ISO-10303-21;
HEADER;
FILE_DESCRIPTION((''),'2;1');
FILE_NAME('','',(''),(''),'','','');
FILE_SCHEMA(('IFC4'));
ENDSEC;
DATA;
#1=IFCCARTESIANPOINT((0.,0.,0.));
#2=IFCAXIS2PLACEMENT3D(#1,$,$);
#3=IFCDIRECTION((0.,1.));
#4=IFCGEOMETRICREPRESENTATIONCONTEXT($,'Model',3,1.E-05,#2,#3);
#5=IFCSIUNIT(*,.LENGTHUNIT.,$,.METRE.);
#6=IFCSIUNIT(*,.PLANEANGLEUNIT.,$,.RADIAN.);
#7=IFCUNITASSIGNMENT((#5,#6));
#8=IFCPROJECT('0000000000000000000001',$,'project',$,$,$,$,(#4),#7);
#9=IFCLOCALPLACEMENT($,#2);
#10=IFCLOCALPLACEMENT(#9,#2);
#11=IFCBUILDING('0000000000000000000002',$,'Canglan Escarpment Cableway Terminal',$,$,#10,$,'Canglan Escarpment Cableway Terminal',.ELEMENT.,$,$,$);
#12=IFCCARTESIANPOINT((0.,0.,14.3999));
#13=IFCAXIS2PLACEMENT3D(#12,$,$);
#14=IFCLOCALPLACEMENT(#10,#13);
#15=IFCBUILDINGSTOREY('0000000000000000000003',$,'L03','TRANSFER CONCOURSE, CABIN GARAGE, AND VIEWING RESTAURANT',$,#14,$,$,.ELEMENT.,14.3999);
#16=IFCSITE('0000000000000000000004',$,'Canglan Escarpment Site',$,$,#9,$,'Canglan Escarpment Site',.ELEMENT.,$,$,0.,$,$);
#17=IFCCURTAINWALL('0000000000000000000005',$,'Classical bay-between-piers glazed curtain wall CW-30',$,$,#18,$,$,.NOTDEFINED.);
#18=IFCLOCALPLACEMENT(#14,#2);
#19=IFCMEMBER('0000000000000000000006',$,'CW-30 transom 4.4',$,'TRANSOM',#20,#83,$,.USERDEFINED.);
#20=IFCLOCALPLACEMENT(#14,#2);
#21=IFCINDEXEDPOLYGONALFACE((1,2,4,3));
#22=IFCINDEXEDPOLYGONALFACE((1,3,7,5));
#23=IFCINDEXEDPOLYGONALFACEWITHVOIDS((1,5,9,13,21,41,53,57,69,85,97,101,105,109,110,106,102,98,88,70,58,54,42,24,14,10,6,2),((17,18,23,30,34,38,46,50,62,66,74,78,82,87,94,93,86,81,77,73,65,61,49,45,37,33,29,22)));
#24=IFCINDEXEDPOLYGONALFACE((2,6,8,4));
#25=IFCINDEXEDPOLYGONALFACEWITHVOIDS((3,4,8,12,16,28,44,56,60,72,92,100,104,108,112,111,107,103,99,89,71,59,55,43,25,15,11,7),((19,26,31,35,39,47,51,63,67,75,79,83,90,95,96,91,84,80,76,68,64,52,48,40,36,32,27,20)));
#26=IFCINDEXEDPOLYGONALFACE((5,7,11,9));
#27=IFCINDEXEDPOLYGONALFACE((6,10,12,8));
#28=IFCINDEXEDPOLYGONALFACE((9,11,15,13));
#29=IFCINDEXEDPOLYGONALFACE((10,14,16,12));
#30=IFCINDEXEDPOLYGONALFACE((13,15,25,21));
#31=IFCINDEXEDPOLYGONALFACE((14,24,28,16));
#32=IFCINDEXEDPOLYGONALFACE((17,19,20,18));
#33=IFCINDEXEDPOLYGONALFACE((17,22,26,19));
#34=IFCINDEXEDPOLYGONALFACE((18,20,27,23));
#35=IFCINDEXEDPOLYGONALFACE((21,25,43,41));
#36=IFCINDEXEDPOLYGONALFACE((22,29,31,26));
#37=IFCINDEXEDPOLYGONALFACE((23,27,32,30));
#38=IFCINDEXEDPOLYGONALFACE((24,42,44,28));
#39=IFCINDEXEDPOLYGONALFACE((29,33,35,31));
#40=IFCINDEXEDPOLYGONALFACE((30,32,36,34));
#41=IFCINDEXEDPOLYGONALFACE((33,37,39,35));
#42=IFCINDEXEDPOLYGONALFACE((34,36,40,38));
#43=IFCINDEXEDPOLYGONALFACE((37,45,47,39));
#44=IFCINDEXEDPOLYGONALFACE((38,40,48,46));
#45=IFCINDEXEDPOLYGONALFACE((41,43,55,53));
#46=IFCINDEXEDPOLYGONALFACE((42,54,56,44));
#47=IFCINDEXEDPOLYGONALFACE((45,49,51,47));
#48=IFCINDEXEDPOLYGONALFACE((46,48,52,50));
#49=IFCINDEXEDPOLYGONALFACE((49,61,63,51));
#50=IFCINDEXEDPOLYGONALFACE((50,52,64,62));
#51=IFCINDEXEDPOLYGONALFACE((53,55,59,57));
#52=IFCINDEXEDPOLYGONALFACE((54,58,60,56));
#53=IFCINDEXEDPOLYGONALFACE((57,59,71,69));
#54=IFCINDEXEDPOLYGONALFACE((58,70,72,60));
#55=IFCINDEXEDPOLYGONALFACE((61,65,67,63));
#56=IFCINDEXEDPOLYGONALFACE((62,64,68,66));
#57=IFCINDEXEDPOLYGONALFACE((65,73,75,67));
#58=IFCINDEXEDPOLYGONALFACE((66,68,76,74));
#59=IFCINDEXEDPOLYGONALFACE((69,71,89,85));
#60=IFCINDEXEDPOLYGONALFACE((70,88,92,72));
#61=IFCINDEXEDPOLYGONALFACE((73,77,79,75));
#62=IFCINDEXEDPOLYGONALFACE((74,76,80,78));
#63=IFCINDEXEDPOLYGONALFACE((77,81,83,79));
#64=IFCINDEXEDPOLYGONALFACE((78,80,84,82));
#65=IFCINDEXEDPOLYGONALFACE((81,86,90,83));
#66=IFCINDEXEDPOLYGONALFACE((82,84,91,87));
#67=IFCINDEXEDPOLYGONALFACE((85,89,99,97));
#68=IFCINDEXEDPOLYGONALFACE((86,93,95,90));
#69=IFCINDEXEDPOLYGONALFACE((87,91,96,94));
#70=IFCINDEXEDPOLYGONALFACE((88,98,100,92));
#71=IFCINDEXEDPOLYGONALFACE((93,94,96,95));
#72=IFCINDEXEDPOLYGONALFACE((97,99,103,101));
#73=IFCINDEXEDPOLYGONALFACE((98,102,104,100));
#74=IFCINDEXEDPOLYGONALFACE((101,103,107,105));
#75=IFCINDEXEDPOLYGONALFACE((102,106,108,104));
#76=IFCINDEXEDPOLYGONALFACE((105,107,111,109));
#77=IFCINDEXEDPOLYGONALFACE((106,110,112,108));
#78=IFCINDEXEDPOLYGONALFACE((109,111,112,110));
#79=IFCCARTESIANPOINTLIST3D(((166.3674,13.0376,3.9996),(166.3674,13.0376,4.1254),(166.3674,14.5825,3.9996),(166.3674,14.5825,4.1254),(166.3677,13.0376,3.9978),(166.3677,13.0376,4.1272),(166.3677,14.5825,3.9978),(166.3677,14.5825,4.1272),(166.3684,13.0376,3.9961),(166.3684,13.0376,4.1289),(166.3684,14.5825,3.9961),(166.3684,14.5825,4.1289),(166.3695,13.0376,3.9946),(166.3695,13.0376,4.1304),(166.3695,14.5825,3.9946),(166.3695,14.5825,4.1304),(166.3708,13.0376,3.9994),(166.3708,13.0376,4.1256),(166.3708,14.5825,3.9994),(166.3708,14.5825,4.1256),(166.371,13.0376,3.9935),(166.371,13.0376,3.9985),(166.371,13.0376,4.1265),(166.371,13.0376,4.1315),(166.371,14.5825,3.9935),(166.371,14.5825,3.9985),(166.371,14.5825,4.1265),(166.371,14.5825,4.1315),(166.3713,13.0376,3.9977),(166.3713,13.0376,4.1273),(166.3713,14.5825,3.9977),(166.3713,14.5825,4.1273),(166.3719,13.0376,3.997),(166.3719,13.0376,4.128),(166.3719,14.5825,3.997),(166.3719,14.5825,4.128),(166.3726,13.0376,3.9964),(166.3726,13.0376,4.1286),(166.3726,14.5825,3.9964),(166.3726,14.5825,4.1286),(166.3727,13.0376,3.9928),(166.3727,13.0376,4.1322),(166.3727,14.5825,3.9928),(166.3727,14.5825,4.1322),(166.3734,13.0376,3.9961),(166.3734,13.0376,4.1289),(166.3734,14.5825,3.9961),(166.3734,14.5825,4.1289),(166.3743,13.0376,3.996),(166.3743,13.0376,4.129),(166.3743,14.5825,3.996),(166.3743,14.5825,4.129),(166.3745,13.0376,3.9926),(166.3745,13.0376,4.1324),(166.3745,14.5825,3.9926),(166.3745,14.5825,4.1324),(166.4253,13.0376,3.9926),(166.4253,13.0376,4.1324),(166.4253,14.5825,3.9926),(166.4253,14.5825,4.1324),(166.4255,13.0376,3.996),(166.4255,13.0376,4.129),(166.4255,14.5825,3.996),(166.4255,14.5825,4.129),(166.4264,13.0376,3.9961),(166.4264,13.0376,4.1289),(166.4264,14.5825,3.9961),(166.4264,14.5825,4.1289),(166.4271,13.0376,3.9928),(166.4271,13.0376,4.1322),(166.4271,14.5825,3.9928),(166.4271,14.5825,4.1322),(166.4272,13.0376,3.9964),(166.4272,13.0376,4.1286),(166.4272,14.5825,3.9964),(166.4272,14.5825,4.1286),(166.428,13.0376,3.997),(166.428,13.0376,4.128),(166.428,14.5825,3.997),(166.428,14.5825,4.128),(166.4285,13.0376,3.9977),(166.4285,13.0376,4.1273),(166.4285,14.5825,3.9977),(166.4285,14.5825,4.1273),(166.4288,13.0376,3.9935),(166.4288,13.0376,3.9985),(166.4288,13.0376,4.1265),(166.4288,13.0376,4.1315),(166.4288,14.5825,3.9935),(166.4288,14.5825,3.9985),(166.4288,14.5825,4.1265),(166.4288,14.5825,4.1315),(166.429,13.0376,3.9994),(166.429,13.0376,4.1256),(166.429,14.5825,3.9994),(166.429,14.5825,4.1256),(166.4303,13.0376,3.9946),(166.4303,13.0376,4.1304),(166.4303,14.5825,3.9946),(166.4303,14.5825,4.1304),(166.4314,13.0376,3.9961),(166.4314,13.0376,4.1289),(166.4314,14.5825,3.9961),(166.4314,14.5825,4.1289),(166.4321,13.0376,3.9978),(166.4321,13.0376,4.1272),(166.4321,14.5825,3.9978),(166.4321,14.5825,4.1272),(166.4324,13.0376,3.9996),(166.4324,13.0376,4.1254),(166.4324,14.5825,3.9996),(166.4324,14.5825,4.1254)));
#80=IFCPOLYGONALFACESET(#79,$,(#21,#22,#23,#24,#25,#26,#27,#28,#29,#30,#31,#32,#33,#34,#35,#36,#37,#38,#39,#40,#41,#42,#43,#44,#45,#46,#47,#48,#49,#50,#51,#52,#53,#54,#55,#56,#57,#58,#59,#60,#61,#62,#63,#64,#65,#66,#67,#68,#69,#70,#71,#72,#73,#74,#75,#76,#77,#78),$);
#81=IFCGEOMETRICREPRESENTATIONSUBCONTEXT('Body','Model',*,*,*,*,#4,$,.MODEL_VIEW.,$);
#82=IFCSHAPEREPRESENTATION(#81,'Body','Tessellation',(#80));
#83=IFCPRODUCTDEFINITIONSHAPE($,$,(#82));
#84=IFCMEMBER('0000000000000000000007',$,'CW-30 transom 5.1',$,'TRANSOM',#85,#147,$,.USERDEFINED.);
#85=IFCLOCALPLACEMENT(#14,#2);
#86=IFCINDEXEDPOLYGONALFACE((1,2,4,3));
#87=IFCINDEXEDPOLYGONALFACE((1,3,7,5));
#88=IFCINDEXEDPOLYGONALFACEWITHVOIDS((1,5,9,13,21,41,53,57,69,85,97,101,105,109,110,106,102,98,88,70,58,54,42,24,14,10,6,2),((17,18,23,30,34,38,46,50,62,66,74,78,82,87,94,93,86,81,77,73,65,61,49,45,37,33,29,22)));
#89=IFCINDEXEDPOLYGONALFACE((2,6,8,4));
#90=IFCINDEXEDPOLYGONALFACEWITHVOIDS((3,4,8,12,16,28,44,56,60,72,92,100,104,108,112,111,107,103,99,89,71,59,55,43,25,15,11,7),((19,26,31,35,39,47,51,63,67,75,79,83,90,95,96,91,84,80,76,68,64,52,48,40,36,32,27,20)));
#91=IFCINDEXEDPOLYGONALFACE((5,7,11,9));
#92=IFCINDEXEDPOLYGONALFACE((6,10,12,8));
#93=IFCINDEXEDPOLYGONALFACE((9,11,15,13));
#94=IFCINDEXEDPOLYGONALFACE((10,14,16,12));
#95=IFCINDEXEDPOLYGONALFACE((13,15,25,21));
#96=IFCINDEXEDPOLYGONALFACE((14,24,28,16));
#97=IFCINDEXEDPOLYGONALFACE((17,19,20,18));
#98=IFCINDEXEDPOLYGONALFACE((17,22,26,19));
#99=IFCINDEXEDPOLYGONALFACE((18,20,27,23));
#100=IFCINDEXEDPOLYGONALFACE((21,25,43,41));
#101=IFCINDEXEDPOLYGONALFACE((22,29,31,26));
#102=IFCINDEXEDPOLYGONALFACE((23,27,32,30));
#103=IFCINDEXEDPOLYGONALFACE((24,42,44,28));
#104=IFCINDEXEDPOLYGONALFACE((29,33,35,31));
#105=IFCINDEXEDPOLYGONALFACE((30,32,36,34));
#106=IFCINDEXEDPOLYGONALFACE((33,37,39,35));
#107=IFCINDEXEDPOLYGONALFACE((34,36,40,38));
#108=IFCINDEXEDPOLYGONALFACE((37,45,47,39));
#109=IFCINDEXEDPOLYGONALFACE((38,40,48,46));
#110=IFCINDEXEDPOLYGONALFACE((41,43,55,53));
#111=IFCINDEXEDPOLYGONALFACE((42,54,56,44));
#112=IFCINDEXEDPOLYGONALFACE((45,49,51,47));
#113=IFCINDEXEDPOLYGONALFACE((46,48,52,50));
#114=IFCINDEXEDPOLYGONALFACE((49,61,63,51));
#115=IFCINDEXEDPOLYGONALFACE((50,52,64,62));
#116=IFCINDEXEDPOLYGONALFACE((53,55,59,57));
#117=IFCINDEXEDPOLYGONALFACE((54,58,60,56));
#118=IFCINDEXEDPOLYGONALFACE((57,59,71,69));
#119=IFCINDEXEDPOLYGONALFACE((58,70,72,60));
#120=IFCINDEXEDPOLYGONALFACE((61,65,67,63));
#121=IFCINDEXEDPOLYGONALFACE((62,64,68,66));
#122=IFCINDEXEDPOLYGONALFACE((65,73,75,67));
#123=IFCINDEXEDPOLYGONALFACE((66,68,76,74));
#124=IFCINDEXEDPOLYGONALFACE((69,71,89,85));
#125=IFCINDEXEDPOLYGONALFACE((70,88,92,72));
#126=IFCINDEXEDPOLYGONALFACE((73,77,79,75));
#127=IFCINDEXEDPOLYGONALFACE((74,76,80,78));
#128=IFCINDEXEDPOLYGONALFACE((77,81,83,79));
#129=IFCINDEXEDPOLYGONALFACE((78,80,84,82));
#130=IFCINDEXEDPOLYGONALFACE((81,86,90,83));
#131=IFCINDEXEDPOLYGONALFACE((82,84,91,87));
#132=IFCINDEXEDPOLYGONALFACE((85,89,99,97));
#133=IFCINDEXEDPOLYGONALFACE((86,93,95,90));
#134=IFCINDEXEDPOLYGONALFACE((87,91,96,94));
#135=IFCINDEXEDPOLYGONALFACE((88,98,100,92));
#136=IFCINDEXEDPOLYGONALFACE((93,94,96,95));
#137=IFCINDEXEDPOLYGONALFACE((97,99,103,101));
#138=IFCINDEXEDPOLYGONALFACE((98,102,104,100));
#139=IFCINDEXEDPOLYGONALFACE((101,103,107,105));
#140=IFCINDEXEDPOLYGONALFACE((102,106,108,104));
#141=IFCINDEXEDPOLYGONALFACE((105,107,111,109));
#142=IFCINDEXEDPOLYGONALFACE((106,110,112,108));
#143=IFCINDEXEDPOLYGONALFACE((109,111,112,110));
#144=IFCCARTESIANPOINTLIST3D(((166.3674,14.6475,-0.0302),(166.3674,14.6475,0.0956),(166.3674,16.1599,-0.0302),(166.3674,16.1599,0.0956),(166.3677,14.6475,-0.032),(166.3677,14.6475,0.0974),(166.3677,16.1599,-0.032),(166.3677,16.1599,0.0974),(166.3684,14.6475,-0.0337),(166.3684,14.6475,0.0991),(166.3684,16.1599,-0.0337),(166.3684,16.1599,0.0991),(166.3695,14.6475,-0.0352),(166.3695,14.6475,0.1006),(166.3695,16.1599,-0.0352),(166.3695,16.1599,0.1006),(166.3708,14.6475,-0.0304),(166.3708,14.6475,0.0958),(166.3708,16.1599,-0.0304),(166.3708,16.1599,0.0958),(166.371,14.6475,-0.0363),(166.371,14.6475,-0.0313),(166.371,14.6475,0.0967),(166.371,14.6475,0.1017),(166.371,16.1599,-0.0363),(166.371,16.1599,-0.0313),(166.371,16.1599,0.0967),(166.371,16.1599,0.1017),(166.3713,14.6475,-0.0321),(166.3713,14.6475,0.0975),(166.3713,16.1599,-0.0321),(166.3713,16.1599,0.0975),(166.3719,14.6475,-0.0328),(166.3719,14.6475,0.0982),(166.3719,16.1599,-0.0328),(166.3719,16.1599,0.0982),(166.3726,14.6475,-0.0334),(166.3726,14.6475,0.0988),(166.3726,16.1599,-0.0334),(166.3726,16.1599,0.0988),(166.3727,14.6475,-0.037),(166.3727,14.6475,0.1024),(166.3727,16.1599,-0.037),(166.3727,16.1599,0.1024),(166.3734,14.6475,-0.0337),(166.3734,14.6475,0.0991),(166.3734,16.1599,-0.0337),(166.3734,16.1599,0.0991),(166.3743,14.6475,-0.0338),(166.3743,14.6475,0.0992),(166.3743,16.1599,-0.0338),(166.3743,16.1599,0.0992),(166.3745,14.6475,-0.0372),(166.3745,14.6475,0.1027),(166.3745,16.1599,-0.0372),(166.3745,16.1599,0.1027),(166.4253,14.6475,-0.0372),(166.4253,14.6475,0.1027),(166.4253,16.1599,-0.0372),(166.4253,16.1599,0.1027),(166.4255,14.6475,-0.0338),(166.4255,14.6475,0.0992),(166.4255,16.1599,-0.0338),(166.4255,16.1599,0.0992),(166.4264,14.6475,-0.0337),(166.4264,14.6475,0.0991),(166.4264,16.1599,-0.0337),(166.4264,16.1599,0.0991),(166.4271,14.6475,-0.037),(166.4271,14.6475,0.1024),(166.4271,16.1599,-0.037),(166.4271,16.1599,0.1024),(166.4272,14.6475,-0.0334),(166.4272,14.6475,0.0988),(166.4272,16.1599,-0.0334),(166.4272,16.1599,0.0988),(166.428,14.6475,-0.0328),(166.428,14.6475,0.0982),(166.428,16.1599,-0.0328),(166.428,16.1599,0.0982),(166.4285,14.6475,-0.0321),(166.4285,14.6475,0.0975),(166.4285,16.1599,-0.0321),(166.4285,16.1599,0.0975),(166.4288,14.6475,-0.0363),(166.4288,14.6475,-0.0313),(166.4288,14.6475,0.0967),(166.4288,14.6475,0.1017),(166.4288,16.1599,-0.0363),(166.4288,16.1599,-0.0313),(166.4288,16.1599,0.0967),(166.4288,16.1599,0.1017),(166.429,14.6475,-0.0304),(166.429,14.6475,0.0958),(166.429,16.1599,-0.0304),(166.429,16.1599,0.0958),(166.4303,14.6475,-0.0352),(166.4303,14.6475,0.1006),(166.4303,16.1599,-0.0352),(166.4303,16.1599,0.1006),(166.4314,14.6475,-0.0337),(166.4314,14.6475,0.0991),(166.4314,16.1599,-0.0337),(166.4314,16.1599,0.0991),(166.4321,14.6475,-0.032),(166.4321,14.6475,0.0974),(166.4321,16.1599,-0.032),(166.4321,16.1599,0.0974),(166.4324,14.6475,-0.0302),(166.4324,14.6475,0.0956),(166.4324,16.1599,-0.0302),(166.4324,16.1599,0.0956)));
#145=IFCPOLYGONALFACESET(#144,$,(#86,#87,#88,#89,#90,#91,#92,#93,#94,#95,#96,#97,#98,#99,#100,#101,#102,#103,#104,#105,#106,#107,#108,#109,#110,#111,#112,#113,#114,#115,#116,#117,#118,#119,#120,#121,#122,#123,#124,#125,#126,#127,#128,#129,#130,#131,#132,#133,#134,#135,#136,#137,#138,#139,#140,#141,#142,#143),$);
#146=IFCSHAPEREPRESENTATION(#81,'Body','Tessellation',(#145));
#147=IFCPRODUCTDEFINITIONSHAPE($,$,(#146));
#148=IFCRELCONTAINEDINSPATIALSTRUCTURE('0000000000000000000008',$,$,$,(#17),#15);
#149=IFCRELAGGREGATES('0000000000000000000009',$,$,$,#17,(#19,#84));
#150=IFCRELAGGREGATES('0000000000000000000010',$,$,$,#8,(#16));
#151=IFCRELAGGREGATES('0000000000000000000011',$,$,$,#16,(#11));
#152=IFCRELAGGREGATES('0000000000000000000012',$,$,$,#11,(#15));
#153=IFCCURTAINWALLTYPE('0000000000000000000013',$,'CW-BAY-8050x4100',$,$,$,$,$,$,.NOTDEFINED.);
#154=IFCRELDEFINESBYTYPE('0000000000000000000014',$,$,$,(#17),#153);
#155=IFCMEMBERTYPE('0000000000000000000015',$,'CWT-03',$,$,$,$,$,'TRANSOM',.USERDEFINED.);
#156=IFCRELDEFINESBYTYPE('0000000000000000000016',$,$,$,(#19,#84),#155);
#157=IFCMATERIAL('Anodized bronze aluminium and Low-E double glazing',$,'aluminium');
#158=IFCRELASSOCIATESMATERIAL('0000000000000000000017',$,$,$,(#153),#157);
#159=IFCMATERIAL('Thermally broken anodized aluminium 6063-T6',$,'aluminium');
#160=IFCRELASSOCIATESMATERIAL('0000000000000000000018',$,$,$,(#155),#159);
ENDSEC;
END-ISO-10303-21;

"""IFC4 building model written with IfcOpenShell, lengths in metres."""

from ifc_helpers import new_model, si_unit, direction, frame, origin, origin_2d, place, context, subcontext, project, spatial, hollow_rectangle, extrude, material, material_profile, profile_set, type_object, element, aggregate, save


model = new_model("IFC4")

# Units and contexts
model_context = context("Model", 3, precision=1e-05, world=origin(), true_north=direction((0.0, 1.0)))
body_context = subcontext(model_context, "Body", "Model", "MODEL_VIEW")
ifc_project = project(units=[si_unit("LENGTHUNIT", "METRE"), si_unit("PLANEANGLEUNIT", "RADIAN")], contexts=[model_context])

# Site, building, storey
site_placement = place(None, origin())
site = spatial("IfcSite", under=ifc_project, at=site_placement, Name="Canglan Escarpment Site", LongName="Canglan Escarpment Site", CompositionType="ELEMENT", RefElevation=0.0)
building_placement = place(site_placement, origin())
building = spatial("IfcBuilding", under=site, at=building_placement, Name="Canglan Escarpment Cableway Terminal", LongName="Canglan Escarpment Cableway Terminal", CompositionType="ELEMENT")
storey_placement = place(building_placement, frame((0.0, 0.0, 14.3999)))
storey = spatial("IfcBuildingStorey", under=building, at=storey_placement, Name="L03", Description="TRANSFER CONCOURSE, CABIN GARAGE, AND VIEWING RESTAURANT", CompositionType="ELEMENT", Elevation=14.3999)

# Curtain wall, members
ifc_material_1 = material(Name="Anodized bronze aluminium and Low-E double glazing", Category="aluminium")
curtain_wall_type = type_object("IfcCurtainWallType", Name="CW-BAY-8050x4100", PredefinedType="NOTDEFINED", material=ifc_material_1)
curtain_wall_placement = place(storey_placement, origin())
curtain_wall = element("IfcCurtainWall", 1, at=curtain_wall_placement, inside=storey, type_object=curtain_wall_type, Name="Classical bay-between-piers glazed curtain wall CW-30", PredefinedType="NOTDEFINED")
ifc_material_2 = material(Name="Thermally broken anodized aluminium 6063-T6", Category="aluminium")
ifc_material_profile_1 = material_profile(ifc_material_2, hollow_rectangle(XDim=0.0649, YDim=0.1399, WallThickness=0.0034, InnerFilletRadius=0.0034, OuterFilletRadius=0.0071, at=origin_2d()), Name="ALU-TRAN 65x140x3.5")
ifc_profile_set_1 = profile_set([ifc_material_profile_1], Name="Thermally broken anodized aluminium 6063-T6")
member_type_1 = type_object("IfcMemberType", Name="CWT-03", ElementType="TRANSOM", PredefinedType="USERDEFINED", material=ifc_profile_set_1)
member_1_placement = place(storey_placement, frame((166.3999, 13.0376, 4.0625), z_axis=(0.0, 1.0, 0.0), x_axis=(-1.0, 0.0, 0.0)))
member_1 = element("IfcMember", 2, at=member_1_placement, type_object=member_type_1, Name="CW-30 transom 4.4", ObjectType="TRANSOM", PredefinedType="USERDEFINED", context=body_context, shape_type="SweptSolid", body=[
    extrude(hollow_rectangle(XDim=0.0649, YDim=0.1399, WallThickness=0.0034, InnerFilletRadius=0.0034, OuterFilletRadius=0.0071, at=origin_2d()), origin(), (0.0, 0.0, 1.0), 1.5449),
])
member_2_placement = place(storey_placement, frame((166.3999, 14.6475, 0.0327), z_axis=(0.0, 1.0, 0.0), x_axis=(-1.0, 0.0, 0.0)))
member_2 = element("IfcMember", 3, at=member_2_placement, type_object=member_type_1, Name="CW-30 transom 5.1", ObjectType="TRANSOM", PredefinedType="USERDEFINED", context=body_context, shape_type="SweptSolid", body=[
    extrude(hollow_rectangle(XDim=0.0649, YDim=0.1399, WallThickness=0.0034, InnerFilletRadius=0.0034, OuterFilletRadius=0.0071, at=origin_2d()), origin(), (0.0, 0.0, 1.0), 1.5125),
])

aggregate(curtain_wall, [member_1, member_2])

save(model, "model.ifc")
